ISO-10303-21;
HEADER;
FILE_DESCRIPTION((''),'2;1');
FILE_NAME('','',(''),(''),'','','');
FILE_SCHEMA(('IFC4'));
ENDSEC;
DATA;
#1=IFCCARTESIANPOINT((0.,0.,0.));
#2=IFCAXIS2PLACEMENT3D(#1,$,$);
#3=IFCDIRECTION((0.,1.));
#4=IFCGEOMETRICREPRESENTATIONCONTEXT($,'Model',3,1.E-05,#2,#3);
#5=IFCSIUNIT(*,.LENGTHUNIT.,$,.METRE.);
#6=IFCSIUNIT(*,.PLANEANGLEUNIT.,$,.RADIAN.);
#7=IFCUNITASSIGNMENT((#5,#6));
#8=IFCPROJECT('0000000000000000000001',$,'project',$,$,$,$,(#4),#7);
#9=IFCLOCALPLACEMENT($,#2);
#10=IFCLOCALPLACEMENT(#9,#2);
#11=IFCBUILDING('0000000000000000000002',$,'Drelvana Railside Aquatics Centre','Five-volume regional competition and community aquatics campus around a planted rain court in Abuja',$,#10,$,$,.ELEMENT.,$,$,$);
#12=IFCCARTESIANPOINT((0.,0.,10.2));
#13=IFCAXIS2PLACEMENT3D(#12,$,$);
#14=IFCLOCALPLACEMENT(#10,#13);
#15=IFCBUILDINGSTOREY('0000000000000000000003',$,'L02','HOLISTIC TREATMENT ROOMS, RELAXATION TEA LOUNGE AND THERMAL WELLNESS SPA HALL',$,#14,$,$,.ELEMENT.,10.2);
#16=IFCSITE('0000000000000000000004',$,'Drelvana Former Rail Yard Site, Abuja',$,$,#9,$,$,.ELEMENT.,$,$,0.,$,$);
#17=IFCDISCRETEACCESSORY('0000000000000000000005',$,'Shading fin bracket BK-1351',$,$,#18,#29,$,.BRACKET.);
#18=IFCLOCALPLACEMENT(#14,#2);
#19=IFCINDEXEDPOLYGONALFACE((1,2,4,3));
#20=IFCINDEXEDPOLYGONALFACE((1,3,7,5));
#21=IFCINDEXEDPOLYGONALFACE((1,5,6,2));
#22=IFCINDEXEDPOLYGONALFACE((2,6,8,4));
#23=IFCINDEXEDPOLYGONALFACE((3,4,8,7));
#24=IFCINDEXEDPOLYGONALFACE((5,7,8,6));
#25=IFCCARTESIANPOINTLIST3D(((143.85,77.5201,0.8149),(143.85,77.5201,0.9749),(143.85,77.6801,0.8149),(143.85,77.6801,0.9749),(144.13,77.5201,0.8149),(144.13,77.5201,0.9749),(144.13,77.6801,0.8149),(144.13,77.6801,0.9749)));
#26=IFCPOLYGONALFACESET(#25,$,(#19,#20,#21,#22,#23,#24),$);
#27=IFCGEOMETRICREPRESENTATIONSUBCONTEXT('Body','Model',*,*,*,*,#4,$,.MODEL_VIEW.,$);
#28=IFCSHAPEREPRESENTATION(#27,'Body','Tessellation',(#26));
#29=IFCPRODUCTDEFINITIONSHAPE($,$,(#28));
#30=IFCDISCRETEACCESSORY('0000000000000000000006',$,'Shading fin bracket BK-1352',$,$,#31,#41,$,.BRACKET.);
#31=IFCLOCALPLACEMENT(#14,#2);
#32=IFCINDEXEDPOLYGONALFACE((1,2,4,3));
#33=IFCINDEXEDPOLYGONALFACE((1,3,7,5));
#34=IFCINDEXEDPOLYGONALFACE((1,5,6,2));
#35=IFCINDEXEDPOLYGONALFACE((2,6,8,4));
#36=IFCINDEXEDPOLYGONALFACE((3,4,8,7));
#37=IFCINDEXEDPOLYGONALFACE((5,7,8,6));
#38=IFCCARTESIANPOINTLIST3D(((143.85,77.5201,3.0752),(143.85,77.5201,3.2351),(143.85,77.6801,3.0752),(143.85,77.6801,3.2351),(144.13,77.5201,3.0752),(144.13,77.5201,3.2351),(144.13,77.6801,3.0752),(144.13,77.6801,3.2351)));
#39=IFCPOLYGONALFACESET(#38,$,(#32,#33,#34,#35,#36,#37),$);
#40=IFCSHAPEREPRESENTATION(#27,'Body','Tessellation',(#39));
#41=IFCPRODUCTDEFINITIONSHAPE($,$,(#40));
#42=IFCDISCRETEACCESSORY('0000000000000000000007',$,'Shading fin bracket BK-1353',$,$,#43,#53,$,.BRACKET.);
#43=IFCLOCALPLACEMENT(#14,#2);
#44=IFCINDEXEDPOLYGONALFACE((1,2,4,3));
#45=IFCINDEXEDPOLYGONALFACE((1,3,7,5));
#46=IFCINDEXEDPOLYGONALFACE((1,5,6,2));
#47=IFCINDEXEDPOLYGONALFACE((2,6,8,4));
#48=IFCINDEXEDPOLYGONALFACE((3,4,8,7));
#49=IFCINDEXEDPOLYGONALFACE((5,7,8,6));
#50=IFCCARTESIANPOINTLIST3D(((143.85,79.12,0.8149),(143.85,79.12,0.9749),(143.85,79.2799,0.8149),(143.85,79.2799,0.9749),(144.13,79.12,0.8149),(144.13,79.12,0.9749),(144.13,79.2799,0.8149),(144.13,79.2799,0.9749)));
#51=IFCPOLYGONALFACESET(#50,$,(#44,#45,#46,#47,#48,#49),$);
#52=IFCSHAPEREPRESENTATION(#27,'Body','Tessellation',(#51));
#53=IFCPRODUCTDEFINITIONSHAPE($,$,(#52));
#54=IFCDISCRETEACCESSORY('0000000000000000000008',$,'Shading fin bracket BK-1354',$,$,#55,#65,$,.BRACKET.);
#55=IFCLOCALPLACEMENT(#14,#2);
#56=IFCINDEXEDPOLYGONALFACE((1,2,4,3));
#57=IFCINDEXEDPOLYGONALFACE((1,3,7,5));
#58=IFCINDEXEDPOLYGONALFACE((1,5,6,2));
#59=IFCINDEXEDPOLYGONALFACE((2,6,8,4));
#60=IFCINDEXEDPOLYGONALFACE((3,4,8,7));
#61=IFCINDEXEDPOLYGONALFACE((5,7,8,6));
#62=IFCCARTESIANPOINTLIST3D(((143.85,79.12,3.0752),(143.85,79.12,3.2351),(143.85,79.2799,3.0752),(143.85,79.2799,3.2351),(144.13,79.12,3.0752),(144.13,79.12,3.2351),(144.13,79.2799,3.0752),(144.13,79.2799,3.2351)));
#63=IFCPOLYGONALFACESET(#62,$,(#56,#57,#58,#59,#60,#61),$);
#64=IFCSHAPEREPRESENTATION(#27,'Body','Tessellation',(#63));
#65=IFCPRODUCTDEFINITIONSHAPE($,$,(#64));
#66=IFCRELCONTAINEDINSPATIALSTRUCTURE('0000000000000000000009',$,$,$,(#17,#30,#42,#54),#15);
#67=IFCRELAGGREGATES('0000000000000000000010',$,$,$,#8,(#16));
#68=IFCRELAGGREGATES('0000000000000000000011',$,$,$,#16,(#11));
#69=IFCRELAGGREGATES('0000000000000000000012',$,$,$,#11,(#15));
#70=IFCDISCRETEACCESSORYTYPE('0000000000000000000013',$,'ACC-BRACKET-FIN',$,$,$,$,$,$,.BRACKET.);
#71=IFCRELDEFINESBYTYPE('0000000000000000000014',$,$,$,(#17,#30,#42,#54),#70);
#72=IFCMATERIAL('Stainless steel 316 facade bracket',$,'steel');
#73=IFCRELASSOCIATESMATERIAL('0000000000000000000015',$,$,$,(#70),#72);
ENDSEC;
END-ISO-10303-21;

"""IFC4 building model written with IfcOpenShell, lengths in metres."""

from ifc_helpers import new_model, si_unit, direction, frame, origin, origin_2d, place, context, subcontext, project, spatial, rectangle, extrude, material, type_object, element, save


model = new_model("IFC4")

# Units and contexts
model_context = context("Model", 3, precision=1e-05, world=origin(), true_north=direction((0.0, 1.0)))
body_context = subcontext(model_context, "Body", "Model", "MODEL_VIEW")
ifc_project = project(units=[si_unit("LENGTHUNIT", "METRE"), si_unit("PLANEANGLEUNIT", "RADIAN")], contexts=[model_context])

# Site, building, storey
site_placement = place(None, origin())
site = spatial("IfcSite", under=ifc_project, at=site_placement, Name="Drelvana Former Rail Yard Site, Abuja", CompositionType="ELEMENT", RefElevation=0.0)
building_placement = place(site_placement, origin())
building = spatial("IfcBuilding", under=site, at=building_placement, Name="Drelvana Railside Aquatics Centre", Description="Five-volume regional competition and community aquatics campus around a planted rain court in Abuja", CompositionType="ELEMENT")
storey_placement = place(building_placement, frame((0.0, 0.0, 10.2)))
storey = spatial("IfcBuildingStorey", under=building, at=storey_placement, Name="L02", Description="HOLISTIC TREATMENT ROOMS, RELAXATION TEA LOUNGE AND THERMAL WELLNESS SPA HALL", CompositionType="ELEMENT", Elevation=10.2)

# Discrete accessories
ifc_material_1 = material(Name="Stainless steel 316 facade bracket", Category="steel")
discrete_accessory_type = type_object("IfcDiscreteAccessoryType", Name="ACC-BRACKET-FIN", PredefinedType="BRACKET", material=ifc_material_1)
for number, where, z_axis, x_axis, name in (
    (1, (143.99, 77.6001, 0.8149), (0.0, 0.0, 1.0), (-1.0, 0.0, 0.0), "Shading fin bracket BK-1351"),
    (2, (143.99, 77.6001, 3.0752), (0.0, 0.0, 1.0), (-1.0, 0.0, 0.0), "Shading fin bracket BK-1352"),
    (3, (143.99, 79.2, 0.8149), (0.0, 0.0, 1.0), (-1.0, 0.0, 0.0), "Shading fin bracket BK-1353"),
    (4, (143.99, 79.2, 3.0752), (0.0, 0.0, 1.0), (-1.0, 0.0, 0.0), "Shading fin bracket BK-1354"),
):
    element("IfcDiscreteAccessory", number, at=place(storey_placement, frame(where, z_axis=z_axis, x_axis=x_axis)), inside=storey, type_object=discrete_accessory_type, Name=name, PredefinedType="BRACKET", context=body_context, shape_type="SweptSolid", body=[
        extrude(rectangle(XDim=0.28, YDim=0.1599, at=origin_2d()), origin(), (0.0, 0.0, 1.0), 0.1599),
    ])

save(model, "model.ifc")
